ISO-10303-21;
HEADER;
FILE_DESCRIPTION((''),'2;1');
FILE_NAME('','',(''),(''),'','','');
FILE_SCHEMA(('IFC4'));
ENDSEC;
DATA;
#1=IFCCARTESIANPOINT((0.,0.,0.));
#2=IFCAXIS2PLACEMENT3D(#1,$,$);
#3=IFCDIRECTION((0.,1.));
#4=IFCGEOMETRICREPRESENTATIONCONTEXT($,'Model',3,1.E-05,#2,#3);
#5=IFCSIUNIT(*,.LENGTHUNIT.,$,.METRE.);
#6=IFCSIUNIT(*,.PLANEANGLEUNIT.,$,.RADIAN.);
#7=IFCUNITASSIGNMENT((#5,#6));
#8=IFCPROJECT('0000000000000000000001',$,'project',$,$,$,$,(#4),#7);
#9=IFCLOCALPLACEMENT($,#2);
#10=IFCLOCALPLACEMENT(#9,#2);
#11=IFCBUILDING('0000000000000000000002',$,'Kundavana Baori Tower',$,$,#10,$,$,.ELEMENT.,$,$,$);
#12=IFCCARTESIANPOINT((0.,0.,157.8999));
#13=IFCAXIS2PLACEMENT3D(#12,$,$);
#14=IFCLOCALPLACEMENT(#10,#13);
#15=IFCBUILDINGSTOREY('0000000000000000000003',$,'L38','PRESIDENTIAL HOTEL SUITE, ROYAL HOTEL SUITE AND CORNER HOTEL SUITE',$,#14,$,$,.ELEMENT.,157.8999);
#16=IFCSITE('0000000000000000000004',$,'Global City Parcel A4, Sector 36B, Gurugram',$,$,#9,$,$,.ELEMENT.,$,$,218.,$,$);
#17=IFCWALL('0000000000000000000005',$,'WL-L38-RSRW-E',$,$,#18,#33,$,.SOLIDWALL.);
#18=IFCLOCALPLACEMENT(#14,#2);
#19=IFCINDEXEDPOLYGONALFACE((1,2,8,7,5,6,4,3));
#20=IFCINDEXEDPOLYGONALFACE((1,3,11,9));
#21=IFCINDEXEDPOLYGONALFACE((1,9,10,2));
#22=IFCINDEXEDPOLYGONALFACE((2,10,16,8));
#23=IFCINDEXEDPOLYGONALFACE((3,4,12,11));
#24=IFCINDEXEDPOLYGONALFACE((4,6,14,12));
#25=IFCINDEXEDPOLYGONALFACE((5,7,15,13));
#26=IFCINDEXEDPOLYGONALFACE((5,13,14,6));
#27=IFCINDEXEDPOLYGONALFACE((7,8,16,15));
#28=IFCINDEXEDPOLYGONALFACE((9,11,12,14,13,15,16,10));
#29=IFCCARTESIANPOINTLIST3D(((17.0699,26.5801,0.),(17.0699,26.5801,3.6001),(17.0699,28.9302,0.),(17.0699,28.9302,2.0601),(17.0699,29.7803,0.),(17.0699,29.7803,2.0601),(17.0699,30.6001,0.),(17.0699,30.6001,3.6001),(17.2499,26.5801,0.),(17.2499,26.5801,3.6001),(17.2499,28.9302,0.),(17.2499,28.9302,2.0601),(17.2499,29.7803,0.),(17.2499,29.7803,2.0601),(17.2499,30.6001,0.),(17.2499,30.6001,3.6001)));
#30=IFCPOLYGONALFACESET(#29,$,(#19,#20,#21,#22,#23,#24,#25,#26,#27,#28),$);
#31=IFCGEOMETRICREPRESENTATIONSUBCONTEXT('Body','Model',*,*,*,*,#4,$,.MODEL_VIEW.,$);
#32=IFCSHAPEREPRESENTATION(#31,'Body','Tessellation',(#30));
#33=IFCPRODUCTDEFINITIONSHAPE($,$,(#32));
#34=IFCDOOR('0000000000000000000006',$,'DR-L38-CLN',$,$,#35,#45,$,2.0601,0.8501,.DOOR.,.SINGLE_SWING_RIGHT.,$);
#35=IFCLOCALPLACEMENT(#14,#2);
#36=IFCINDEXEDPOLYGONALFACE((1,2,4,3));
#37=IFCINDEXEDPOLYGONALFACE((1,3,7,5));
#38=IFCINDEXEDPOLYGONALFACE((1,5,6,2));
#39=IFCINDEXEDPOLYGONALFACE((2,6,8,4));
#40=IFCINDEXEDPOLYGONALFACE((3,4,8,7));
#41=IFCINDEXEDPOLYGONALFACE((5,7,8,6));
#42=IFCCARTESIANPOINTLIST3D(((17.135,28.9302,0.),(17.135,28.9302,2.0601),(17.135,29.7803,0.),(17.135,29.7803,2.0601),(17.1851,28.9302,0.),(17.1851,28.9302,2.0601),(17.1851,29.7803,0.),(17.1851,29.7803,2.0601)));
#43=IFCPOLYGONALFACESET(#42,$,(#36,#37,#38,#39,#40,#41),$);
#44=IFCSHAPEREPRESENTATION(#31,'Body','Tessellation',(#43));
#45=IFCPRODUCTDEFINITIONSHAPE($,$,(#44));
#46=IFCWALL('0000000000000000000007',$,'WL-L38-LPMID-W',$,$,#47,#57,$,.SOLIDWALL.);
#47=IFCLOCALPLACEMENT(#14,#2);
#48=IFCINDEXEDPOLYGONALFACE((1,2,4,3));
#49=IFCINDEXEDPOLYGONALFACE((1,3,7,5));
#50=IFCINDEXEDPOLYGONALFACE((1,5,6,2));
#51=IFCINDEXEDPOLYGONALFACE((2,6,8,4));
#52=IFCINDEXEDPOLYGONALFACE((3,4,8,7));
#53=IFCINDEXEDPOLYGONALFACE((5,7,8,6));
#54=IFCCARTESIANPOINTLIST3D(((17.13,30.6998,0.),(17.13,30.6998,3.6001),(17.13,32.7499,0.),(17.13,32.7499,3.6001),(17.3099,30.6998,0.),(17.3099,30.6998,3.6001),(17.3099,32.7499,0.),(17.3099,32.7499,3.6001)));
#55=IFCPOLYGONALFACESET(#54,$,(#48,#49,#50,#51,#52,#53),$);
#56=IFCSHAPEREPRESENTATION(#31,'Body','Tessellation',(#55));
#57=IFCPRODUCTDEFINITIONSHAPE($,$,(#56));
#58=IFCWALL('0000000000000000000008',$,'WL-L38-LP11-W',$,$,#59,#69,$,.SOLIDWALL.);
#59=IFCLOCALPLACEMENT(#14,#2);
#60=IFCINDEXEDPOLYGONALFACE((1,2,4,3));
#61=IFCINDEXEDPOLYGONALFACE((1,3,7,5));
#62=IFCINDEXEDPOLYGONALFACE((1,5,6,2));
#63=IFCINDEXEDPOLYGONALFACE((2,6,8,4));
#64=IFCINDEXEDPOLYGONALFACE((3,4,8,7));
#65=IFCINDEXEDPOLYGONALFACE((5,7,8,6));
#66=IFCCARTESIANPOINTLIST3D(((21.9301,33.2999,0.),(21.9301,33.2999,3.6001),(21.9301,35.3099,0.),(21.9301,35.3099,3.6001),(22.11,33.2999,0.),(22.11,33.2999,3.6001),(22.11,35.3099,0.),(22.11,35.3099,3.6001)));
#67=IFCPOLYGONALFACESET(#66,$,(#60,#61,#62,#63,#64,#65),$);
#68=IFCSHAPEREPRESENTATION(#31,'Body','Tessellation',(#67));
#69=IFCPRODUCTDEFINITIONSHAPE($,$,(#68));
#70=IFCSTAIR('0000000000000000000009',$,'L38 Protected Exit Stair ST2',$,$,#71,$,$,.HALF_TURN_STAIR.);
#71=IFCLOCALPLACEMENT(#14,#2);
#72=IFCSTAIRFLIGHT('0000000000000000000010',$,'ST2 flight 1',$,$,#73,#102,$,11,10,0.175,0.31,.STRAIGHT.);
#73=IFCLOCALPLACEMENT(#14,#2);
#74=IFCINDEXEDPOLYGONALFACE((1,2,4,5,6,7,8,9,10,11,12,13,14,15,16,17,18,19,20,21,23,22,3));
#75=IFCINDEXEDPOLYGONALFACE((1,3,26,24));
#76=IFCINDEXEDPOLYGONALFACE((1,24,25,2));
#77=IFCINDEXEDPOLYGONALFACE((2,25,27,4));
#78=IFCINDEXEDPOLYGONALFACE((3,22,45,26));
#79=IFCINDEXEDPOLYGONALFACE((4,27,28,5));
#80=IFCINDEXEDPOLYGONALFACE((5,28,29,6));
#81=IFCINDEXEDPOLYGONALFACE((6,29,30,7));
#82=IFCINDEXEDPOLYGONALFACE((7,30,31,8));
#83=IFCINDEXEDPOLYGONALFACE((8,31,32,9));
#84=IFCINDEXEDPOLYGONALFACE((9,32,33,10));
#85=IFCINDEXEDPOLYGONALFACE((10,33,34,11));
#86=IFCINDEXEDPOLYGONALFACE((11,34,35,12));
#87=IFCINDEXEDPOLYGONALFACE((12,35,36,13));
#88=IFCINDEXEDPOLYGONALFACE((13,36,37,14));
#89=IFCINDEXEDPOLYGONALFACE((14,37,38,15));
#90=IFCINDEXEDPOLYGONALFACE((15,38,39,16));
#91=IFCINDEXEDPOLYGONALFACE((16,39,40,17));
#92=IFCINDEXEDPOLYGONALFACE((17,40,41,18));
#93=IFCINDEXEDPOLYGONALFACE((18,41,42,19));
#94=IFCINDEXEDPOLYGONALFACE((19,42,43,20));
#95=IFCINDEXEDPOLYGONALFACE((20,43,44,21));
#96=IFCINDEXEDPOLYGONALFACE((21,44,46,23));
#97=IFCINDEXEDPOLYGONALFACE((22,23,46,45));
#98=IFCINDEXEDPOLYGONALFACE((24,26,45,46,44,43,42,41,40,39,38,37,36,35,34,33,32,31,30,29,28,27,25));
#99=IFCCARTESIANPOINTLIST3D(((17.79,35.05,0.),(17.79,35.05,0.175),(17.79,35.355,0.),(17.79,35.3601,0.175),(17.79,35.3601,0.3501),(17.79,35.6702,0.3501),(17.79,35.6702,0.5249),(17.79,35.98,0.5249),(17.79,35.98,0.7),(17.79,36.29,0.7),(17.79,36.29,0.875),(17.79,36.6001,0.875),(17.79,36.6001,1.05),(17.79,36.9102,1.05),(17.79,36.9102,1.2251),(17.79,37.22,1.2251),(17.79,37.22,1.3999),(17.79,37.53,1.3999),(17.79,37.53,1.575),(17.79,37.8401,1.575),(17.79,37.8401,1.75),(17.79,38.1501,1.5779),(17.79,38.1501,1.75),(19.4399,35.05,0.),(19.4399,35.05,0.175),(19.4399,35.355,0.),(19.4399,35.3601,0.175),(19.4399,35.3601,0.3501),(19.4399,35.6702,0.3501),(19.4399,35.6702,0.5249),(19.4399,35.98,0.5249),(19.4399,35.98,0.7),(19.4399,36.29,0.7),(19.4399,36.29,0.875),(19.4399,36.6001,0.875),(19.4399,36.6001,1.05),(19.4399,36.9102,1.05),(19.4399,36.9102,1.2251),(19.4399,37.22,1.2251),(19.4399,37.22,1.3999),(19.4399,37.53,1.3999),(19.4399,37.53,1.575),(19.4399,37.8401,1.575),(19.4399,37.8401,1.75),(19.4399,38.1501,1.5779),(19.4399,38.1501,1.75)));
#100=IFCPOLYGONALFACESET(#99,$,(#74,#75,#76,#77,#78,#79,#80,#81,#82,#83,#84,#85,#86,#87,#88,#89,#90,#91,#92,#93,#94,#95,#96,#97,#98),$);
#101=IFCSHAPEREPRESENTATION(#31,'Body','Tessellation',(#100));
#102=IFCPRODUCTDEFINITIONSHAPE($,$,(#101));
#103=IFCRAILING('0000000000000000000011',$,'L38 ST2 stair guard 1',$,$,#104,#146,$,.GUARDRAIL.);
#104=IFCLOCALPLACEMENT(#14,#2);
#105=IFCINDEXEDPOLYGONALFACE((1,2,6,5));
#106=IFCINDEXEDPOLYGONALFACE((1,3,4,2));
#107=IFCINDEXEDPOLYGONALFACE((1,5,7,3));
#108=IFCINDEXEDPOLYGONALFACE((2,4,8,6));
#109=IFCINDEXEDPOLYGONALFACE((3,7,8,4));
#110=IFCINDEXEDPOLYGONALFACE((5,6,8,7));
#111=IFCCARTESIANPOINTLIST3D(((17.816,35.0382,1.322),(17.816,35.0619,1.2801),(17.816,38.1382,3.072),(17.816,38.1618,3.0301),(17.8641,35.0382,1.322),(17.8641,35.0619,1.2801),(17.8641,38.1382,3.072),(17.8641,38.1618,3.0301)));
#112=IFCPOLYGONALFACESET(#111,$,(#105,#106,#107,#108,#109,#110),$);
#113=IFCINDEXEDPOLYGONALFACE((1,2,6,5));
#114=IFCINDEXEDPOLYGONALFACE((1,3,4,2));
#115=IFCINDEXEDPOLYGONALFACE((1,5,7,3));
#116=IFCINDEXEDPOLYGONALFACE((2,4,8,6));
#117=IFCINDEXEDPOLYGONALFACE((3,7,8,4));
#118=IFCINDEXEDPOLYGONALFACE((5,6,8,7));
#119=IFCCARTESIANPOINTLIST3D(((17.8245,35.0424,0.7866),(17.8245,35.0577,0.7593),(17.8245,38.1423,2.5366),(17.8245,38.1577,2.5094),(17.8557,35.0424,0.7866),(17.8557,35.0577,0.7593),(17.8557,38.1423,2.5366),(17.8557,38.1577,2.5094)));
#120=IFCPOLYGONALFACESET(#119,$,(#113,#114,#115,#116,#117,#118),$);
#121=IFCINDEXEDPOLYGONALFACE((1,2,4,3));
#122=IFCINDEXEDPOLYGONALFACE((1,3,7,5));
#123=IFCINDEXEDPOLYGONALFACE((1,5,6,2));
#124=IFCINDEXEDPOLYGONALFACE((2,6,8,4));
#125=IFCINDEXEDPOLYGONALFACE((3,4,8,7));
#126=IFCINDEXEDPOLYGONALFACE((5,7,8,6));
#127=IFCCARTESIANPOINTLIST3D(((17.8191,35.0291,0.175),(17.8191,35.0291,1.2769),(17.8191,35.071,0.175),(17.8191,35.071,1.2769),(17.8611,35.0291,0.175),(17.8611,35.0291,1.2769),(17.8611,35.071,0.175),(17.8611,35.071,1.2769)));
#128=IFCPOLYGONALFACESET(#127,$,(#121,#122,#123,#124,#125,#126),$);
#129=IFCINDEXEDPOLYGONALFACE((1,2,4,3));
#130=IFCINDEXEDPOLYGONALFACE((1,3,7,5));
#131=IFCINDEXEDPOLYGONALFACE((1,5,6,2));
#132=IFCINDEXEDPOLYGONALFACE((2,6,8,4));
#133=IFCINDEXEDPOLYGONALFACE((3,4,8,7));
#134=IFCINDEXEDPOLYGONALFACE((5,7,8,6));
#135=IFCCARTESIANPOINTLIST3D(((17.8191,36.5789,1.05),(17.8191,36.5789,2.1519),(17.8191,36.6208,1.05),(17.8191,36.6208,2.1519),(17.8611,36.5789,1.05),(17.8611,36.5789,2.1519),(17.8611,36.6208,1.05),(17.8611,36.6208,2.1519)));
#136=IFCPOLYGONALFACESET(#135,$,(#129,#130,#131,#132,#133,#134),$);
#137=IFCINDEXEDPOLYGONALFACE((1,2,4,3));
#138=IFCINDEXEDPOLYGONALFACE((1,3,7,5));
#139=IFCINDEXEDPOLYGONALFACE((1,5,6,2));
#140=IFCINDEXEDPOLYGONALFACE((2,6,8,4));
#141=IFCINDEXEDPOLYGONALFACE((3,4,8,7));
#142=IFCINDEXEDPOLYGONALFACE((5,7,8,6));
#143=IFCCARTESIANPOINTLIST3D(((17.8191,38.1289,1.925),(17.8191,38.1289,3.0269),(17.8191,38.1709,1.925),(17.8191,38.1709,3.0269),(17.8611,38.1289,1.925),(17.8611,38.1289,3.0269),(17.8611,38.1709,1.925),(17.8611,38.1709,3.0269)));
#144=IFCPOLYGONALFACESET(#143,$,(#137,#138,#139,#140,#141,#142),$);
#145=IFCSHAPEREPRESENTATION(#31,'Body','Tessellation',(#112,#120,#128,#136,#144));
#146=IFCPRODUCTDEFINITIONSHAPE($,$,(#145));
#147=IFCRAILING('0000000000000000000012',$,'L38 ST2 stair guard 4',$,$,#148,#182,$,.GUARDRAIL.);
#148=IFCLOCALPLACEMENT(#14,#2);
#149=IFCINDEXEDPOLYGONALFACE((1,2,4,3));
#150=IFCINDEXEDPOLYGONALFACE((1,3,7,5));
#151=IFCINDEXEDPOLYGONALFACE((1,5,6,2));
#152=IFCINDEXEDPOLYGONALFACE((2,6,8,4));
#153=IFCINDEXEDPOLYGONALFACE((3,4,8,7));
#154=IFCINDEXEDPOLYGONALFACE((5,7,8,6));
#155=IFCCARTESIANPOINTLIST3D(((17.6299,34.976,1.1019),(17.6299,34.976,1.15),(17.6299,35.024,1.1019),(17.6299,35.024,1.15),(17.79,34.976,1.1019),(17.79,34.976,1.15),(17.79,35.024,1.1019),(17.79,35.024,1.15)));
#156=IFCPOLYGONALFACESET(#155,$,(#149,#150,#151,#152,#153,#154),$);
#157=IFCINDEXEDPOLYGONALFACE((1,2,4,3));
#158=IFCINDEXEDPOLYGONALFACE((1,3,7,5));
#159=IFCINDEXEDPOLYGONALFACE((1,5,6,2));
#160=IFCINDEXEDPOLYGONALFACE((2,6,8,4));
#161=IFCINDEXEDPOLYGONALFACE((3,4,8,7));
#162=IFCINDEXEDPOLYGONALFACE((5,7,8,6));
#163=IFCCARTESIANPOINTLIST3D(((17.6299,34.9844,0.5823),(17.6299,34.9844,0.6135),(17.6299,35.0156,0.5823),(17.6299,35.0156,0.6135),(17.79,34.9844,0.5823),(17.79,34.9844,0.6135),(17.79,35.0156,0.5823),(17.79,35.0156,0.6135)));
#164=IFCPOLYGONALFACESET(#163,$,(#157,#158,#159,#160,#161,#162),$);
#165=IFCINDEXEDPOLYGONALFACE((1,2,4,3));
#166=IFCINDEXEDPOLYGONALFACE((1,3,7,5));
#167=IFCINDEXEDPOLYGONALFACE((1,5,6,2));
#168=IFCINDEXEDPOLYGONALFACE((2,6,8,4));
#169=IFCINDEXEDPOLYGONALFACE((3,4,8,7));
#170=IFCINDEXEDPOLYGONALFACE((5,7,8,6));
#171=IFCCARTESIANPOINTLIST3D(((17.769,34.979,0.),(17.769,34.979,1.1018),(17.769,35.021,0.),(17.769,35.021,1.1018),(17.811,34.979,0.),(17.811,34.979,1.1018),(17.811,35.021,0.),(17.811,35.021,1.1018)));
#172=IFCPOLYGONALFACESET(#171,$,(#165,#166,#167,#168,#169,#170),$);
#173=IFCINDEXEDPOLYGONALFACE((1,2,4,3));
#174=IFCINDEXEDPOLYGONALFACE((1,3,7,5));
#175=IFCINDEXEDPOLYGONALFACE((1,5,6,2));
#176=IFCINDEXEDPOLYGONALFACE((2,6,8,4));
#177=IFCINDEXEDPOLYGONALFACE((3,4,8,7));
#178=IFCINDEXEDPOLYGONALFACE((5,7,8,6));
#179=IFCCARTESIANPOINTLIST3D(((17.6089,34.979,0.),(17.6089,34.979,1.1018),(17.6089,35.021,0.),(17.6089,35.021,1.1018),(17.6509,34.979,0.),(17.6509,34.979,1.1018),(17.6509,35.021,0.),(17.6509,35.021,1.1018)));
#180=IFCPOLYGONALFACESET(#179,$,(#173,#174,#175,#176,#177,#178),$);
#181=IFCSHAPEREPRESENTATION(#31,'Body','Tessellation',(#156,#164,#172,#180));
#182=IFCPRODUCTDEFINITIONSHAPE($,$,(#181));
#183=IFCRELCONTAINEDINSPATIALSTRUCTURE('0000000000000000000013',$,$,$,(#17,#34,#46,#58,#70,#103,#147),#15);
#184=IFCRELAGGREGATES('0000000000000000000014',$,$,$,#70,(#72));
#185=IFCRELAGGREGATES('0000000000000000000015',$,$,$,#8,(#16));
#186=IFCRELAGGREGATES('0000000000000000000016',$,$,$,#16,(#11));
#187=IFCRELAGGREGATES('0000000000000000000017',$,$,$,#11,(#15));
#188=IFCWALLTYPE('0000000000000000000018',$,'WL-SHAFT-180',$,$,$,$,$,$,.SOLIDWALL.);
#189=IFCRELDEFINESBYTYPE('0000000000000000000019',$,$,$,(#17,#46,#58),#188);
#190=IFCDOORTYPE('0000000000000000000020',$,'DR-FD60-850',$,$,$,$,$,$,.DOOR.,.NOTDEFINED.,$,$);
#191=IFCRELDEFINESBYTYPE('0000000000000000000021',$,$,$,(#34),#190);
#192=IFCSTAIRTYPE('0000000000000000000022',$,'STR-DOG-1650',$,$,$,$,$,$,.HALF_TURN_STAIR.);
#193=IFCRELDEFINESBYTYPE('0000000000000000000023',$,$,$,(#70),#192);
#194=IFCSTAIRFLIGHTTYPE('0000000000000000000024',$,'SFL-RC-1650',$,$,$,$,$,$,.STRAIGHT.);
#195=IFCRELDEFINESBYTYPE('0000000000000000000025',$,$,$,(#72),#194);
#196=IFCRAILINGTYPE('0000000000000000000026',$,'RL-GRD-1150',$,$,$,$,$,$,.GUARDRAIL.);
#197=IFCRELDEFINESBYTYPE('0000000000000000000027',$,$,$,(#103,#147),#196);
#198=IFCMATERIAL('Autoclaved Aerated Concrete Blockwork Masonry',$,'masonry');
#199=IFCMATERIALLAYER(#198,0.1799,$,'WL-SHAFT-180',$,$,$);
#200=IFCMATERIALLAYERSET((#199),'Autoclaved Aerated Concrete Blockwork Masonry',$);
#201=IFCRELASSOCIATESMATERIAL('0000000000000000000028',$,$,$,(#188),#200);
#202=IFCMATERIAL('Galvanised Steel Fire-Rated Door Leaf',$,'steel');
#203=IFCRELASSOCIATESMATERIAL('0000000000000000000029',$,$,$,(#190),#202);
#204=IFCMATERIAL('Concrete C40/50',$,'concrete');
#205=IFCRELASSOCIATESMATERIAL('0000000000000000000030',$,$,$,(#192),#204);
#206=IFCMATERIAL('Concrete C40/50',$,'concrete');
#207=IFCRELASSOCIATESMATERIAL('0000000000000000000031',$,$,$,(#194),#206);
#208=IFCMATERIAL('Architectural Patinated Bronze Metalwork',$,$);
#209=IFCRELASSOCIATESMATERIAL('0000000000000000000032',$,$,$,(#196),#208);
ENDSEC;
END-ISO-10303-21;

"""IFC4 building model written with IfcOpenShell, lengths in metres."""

from ifc_helpers import new_model, si_unit, direction, frame, frame_2d, origin, origin_2d, place, context, subcontext, project, spatial, polyline, rectangle, outline, extrude, material, layer, layer_set, type_object, element, fill, aggregate, save


model = new_model("IFC4")

# Units and contexts
model_context = context("Model", 3, precision=1e-05, world=origin(), true_north=direction((0.0, 1.0)))
body_context = subcontext(model_context, "Body", "Model", "MODEL_VIEW")
ifc_project = project(units=[si_unit("LENGTHUNIT", "METRE"), si_unit("PLANEANGLEUNIT", "RADIAN")], contexts=[model_context])

# Site, building, storey
site_placement = place(None, origin())
site = spatial("IfcSite", under=ifc_project, at=site_placement, Name="Global City Parcel A4, Sector 36B, Gurugram", CompositionType="ELEMENT", RefElevation=218.0)
building_placement = place(site_placement, origin())
building = spatial("IfcBuilding", under=site, at=building_placement, Name="Kundavana Baori Tower", CompositionType="ELEMENT")
storey_placement = place(building_placement, frame((0.0, 0.0, 157.8999)))
storey = spatial("IfcBuildingStorey", under=building, at=storey_placement, Name="L38", Description="PRESIDENTIAL HOTEL SUITE, ROYAL HOTEL SUITE AND CORNER HOTEL SUITE", CompositionType="ELEMENT", Elevation=157.8999)

# Wall, opening, door
ifc_material_1 = material(Name="Autoclaved Aerated Concrete Blockwork Masonry", Category="masonry")
ifc_layer_1 = layer(ifc_material_1, 0.1799, Name="WL-SHAFT-180")
ifc_layer_set_1 = layer_set([ifc_layer_1], Name="Autoclaved Aerated Concrete Blockwork Masonry")
wall_type_1 = type_object("IfcWallType", Name="WL-SHAFT-180", PredefinedType="SOLIDWALL", material=ifc_layer_set_1)
wall_1_placement = place(storey_placement, frame((17.1599, 26.5801, 0.0), z_axis=(0.0, 0.0, 1.0), x_axis=(0.0, 1.0, 0.0)))
wall_1 = element("IfcWall", 1, at=wall_1_placement, inside=storey, type_object=wall_type_1, Name="WL-L38-RSRW-E", PredefinedType="SOLIDWALL", context=body_context, shape_type="SweptSolid", body=[
    extrude(rectangle(XDim=4.02, YDim=0.1799, at=frame_2d((2.01, 0.0))), origin(), (0.0, 0.0, 1.0), 3.6001),
])
opening_1_placement = place(wall_1_placement, frame((2.3501, 0.0, 0.0)))
opening_1 = element("IfcOpeningElement", 2, at=opening_1_placement, cuts=wall_1, PredefinedType="OPENING", context=body_context, shape_type="SweptSolid", body=[
    extrude(rectangle(XDim=0.8501, YDim=2.0601, at=frame_2d((0.425, 1.03))), frame((0.0, 0.1001, 0.0), z_axis=(0.0, -1.0, 0.0), x_axis=(1.0, 0.0, 0.0)), (0.0, 0.0, 1.0), 0.2),
])
ifc_material_2 = material(Name="Galvanised Steel Fire-Rated Door Leaf", Category="steel")
door_type_1 = type_object("IfcDoorType", Name="DR-FD60-850", OperationType="NOTDEFINED", PredefinedType="DOOR", material=ifc_material_2)
door_1_placement = place(opening_1_placement, origin())
door_1 = element("IfcDoor", 3, at=door_1_placement, inside=storey, type_object=door_type_1, Name="DR-L38-CLN", OperationType="SINGLE_SWING_RIGHT", OverallHeight=2.0601, OverallWidth=0.8501, PredefinedType="DOOR", context=body_context, shape_type="SweptSolid", body=[
    extrude(rectangle(XDim=0.8501, YDim=2.0601, at=frame_2d((0.425, 1.03))), frame((0.0, 0.0249, 0.0), z_axis=(0.0, -1.0, 0.0), x_axis=(1.0, 0.0, 0.0)), (0.0, 0.0, 1.0), 0.05),
])
fill(opening_1, door_1)

# Walls
wall_2_placement = place(storey_placement, frame((17.22, 30.7, 0.0), z_axis=(0.0, 0.0, 1.0), x_axis=(0.0, 1.0, 0.0)))
element("IfcWall", 4, at=wall_2_placement, inside=storey, type_object=wall_type_1, Name="WL-L38-LPMID-W", PredefinedType="SOLIDWALL", context=body_context, shape_type="SweptSolid", body=[
    extrude(rectangle(XDim=2.05, YDim=0.1799, at=frame_2d((1.0249, 0.0))), origin(), (0.0, 0.0, 1.0), 3.6001),
])
wall_3_placement = place(storey_placement, frame((22.02, 33.3, 0.0), z_axis=(0.0, 0.0, 1.0), x_axis=(0.0, 1.0, 0.0)))
element("IfcWall", 5, at=wall_3_placement, inside=storey, type_object=wall_type_1, Name="WL-L38-LP11-W", PredefinedType="SOLIDWALL", context=body_context, shape_type="SweptSolid", body=[
    extrude(rectangle(XDim=2.01, YDim=0.1799, at=frame_2d((1.0049, 0.0))), origin(), (0.0, 0.0, 1.0), 3.6001),
])

# Stair, stair flight
ifc_material_3 = material(Name="Concrete C40/50", Category="concrete")
stair_type = type_object("IfcStairType", Name="STR-DOG-1650", PredefinedType="HALF_TURN_STAIR", material=ifc_material_3)
stair_placement = place(storey_placement, origin())
stair = element("IfcStair", 6, at=stair_placement, inside=storey, type_object=stair_type, Name="L38 Protected Exit Stair ST2", PredefinedType="HALF_TURN_STAIR")
ifc_material_4 = material(Name="Concrete C40/50", Category="concrete")
stair_flight_type = type_object("IfcStairFlightType", Name="SFL-RC-1650", PredefinedType="STRAIGHT", material=ifc_material_4)
stair_flight_placement = place(storey_placement, frame((18.615, 35.05, 0.0), z_axis=(0.0, 0.0, 1.0), x_axis=(0.0, 1.0, 0.0)))
stair_flight = element("IfcStairFlight", 7, at=stair_flight_placement, type_object=stair_flight_type, Name="ST2 flight 1", NumberOfRisers=11, NumberOfTreads=10, PredefinedType="STRAIGHT", RiserHeight=0.175, TreadLength=0.31, context=body_context, shape_type="SweptSolid", body=[
    extrude(outline(polyline([(0.0, 0.0), (0.0, 0.175), (0.3101, 0.175), (0.3101, 0.3501), (0.6201, 0.3501), (0.6201, 0.5249), (0.9299, 0.5249), (0.9299, 0.7), (1.24, 0.7), (1.24, 0.875), (1.55, 0.875), (1.55, 1.05), (1.8601, 1.05), (1.8601, 1.2251), (2.1699, 1.2251), (2.1699, 1.3999), (2.48, 1.3999), (2.48, 1.575), (2.79, 1.575), (2.79, 1.75), (3.1001, 1.75), (3.1001, 1.925), (3.1001, 1.5779), (0.3049, 0.0), (0.0, 0.0)])), frame((0.0, 0.825, 0.0), z_axis=(0.0, -1.0, 0.0), x_axis=(1.0, 0.0, 0.0)), (0.0, 0.0, 1.0), 1.6499),
])
aggregate(stair, [stair_flight])

# Railings
ifc_material_5 = material(Name="Architectural Patinated Bronze Metalwork")
railing_type_1 = type_object("IfcRailingType", Name="RL-GRD-1150", PredefinedType="GUARDRAIL", material=ifc_material_5)
railing_1_placement = place(storey_placement, frame((17.8401, 35.05, 0.175)))
element("IfcRailing", 8, at=railing_1_placement, inside=storey, type_object=railing_type_1, Name="L38 ST2 stair guard 1", PredefinedType="GUARDRAIL", context=body_context, shape_type="SweptSolid", body=[
    extrude(rectangle(XDim=0.0481, YDim=0.0481, at=origin_2d()), frame((0.0, 0.0, 1.126), z_axis=(0.0, 0.870814, 0.491612), x_axis=(-1.0, 0.0, 0.0)), (0.0, 0.0, 1.0), 3.5598),
    extrude(rectangle(XDim=0.0312, YDim=0.0312, at=origin_2d()), frame((0.0, 0.0, 0.5979), z_axis=(0.0, 0.870814, 0.491612), x_axis=(-1.0, 0.0, 0.0)), (0.0, 0.0, 1.0), 3.5598),
    extrude(rectangle(XDim=0.042, YDim=0.042, at=origin_2d()), origin(), (0.0, 0.0, 1.0), 1.1018),
    extrude(rectangle(XDim=0.042, YDim=0.042, at=origin_2d()), frame((0.0, 1.5498, 0.875)), (0.0, 0.0, 1.0), 1.1018),
    extrude(rectangle(XDim=0.042, YDim=0.042, at=origin_2d()), frame((0.0, 3.0999, 1.75)), (0.0, 0.0, 1.0), 1.1018),
])
railing_2_placement = place(storey_placement, frame((17.79, 35.0, 0.0)))
element("IfcRailing", 9, at=railing_2_placement, inside=storey, type_object=railing_type_1, Name="L38 ST2 stair guard 4", PredefinedType="GUARDRAIL", context=body_context, shape_type="SweptSolid", body=[
    extrude(rectangle(XDim=0.0481, YDim=0.0481, at=origin_2d()), frame((0.0, 0.0, 1.126), z_axis=(-1.0, 0.0, 0.0), x_axis=(0.0, -1.0, 0.0)), (0.0, 0.0, 1.0), 0.1602),
    extrude(rectangle(XDim=0.0312, YDim=0.0312, at=origin_2d()), frame((0.0, 0.0, 0.5979), z_axis=(-1.0, 0.0, 0.0), x_axis=(0.0, -1.0, 0.0)), (0.0, 0.0, 1.0), 0.1602),
    extrude(rectangle(XDim=0.042, YDim=0.042, at=origin_2d()), origin(), (0.0, 0.0, 1.0), 1.1018),
    extrude(rectangle(XDim=0.042, YDim=0.042, at=origin_2d()), frame((-0.1602, 0.0, 0.0)), (0.0, 0.0, 1.0), 1.1018),
])

save(model, "model.ifc")
